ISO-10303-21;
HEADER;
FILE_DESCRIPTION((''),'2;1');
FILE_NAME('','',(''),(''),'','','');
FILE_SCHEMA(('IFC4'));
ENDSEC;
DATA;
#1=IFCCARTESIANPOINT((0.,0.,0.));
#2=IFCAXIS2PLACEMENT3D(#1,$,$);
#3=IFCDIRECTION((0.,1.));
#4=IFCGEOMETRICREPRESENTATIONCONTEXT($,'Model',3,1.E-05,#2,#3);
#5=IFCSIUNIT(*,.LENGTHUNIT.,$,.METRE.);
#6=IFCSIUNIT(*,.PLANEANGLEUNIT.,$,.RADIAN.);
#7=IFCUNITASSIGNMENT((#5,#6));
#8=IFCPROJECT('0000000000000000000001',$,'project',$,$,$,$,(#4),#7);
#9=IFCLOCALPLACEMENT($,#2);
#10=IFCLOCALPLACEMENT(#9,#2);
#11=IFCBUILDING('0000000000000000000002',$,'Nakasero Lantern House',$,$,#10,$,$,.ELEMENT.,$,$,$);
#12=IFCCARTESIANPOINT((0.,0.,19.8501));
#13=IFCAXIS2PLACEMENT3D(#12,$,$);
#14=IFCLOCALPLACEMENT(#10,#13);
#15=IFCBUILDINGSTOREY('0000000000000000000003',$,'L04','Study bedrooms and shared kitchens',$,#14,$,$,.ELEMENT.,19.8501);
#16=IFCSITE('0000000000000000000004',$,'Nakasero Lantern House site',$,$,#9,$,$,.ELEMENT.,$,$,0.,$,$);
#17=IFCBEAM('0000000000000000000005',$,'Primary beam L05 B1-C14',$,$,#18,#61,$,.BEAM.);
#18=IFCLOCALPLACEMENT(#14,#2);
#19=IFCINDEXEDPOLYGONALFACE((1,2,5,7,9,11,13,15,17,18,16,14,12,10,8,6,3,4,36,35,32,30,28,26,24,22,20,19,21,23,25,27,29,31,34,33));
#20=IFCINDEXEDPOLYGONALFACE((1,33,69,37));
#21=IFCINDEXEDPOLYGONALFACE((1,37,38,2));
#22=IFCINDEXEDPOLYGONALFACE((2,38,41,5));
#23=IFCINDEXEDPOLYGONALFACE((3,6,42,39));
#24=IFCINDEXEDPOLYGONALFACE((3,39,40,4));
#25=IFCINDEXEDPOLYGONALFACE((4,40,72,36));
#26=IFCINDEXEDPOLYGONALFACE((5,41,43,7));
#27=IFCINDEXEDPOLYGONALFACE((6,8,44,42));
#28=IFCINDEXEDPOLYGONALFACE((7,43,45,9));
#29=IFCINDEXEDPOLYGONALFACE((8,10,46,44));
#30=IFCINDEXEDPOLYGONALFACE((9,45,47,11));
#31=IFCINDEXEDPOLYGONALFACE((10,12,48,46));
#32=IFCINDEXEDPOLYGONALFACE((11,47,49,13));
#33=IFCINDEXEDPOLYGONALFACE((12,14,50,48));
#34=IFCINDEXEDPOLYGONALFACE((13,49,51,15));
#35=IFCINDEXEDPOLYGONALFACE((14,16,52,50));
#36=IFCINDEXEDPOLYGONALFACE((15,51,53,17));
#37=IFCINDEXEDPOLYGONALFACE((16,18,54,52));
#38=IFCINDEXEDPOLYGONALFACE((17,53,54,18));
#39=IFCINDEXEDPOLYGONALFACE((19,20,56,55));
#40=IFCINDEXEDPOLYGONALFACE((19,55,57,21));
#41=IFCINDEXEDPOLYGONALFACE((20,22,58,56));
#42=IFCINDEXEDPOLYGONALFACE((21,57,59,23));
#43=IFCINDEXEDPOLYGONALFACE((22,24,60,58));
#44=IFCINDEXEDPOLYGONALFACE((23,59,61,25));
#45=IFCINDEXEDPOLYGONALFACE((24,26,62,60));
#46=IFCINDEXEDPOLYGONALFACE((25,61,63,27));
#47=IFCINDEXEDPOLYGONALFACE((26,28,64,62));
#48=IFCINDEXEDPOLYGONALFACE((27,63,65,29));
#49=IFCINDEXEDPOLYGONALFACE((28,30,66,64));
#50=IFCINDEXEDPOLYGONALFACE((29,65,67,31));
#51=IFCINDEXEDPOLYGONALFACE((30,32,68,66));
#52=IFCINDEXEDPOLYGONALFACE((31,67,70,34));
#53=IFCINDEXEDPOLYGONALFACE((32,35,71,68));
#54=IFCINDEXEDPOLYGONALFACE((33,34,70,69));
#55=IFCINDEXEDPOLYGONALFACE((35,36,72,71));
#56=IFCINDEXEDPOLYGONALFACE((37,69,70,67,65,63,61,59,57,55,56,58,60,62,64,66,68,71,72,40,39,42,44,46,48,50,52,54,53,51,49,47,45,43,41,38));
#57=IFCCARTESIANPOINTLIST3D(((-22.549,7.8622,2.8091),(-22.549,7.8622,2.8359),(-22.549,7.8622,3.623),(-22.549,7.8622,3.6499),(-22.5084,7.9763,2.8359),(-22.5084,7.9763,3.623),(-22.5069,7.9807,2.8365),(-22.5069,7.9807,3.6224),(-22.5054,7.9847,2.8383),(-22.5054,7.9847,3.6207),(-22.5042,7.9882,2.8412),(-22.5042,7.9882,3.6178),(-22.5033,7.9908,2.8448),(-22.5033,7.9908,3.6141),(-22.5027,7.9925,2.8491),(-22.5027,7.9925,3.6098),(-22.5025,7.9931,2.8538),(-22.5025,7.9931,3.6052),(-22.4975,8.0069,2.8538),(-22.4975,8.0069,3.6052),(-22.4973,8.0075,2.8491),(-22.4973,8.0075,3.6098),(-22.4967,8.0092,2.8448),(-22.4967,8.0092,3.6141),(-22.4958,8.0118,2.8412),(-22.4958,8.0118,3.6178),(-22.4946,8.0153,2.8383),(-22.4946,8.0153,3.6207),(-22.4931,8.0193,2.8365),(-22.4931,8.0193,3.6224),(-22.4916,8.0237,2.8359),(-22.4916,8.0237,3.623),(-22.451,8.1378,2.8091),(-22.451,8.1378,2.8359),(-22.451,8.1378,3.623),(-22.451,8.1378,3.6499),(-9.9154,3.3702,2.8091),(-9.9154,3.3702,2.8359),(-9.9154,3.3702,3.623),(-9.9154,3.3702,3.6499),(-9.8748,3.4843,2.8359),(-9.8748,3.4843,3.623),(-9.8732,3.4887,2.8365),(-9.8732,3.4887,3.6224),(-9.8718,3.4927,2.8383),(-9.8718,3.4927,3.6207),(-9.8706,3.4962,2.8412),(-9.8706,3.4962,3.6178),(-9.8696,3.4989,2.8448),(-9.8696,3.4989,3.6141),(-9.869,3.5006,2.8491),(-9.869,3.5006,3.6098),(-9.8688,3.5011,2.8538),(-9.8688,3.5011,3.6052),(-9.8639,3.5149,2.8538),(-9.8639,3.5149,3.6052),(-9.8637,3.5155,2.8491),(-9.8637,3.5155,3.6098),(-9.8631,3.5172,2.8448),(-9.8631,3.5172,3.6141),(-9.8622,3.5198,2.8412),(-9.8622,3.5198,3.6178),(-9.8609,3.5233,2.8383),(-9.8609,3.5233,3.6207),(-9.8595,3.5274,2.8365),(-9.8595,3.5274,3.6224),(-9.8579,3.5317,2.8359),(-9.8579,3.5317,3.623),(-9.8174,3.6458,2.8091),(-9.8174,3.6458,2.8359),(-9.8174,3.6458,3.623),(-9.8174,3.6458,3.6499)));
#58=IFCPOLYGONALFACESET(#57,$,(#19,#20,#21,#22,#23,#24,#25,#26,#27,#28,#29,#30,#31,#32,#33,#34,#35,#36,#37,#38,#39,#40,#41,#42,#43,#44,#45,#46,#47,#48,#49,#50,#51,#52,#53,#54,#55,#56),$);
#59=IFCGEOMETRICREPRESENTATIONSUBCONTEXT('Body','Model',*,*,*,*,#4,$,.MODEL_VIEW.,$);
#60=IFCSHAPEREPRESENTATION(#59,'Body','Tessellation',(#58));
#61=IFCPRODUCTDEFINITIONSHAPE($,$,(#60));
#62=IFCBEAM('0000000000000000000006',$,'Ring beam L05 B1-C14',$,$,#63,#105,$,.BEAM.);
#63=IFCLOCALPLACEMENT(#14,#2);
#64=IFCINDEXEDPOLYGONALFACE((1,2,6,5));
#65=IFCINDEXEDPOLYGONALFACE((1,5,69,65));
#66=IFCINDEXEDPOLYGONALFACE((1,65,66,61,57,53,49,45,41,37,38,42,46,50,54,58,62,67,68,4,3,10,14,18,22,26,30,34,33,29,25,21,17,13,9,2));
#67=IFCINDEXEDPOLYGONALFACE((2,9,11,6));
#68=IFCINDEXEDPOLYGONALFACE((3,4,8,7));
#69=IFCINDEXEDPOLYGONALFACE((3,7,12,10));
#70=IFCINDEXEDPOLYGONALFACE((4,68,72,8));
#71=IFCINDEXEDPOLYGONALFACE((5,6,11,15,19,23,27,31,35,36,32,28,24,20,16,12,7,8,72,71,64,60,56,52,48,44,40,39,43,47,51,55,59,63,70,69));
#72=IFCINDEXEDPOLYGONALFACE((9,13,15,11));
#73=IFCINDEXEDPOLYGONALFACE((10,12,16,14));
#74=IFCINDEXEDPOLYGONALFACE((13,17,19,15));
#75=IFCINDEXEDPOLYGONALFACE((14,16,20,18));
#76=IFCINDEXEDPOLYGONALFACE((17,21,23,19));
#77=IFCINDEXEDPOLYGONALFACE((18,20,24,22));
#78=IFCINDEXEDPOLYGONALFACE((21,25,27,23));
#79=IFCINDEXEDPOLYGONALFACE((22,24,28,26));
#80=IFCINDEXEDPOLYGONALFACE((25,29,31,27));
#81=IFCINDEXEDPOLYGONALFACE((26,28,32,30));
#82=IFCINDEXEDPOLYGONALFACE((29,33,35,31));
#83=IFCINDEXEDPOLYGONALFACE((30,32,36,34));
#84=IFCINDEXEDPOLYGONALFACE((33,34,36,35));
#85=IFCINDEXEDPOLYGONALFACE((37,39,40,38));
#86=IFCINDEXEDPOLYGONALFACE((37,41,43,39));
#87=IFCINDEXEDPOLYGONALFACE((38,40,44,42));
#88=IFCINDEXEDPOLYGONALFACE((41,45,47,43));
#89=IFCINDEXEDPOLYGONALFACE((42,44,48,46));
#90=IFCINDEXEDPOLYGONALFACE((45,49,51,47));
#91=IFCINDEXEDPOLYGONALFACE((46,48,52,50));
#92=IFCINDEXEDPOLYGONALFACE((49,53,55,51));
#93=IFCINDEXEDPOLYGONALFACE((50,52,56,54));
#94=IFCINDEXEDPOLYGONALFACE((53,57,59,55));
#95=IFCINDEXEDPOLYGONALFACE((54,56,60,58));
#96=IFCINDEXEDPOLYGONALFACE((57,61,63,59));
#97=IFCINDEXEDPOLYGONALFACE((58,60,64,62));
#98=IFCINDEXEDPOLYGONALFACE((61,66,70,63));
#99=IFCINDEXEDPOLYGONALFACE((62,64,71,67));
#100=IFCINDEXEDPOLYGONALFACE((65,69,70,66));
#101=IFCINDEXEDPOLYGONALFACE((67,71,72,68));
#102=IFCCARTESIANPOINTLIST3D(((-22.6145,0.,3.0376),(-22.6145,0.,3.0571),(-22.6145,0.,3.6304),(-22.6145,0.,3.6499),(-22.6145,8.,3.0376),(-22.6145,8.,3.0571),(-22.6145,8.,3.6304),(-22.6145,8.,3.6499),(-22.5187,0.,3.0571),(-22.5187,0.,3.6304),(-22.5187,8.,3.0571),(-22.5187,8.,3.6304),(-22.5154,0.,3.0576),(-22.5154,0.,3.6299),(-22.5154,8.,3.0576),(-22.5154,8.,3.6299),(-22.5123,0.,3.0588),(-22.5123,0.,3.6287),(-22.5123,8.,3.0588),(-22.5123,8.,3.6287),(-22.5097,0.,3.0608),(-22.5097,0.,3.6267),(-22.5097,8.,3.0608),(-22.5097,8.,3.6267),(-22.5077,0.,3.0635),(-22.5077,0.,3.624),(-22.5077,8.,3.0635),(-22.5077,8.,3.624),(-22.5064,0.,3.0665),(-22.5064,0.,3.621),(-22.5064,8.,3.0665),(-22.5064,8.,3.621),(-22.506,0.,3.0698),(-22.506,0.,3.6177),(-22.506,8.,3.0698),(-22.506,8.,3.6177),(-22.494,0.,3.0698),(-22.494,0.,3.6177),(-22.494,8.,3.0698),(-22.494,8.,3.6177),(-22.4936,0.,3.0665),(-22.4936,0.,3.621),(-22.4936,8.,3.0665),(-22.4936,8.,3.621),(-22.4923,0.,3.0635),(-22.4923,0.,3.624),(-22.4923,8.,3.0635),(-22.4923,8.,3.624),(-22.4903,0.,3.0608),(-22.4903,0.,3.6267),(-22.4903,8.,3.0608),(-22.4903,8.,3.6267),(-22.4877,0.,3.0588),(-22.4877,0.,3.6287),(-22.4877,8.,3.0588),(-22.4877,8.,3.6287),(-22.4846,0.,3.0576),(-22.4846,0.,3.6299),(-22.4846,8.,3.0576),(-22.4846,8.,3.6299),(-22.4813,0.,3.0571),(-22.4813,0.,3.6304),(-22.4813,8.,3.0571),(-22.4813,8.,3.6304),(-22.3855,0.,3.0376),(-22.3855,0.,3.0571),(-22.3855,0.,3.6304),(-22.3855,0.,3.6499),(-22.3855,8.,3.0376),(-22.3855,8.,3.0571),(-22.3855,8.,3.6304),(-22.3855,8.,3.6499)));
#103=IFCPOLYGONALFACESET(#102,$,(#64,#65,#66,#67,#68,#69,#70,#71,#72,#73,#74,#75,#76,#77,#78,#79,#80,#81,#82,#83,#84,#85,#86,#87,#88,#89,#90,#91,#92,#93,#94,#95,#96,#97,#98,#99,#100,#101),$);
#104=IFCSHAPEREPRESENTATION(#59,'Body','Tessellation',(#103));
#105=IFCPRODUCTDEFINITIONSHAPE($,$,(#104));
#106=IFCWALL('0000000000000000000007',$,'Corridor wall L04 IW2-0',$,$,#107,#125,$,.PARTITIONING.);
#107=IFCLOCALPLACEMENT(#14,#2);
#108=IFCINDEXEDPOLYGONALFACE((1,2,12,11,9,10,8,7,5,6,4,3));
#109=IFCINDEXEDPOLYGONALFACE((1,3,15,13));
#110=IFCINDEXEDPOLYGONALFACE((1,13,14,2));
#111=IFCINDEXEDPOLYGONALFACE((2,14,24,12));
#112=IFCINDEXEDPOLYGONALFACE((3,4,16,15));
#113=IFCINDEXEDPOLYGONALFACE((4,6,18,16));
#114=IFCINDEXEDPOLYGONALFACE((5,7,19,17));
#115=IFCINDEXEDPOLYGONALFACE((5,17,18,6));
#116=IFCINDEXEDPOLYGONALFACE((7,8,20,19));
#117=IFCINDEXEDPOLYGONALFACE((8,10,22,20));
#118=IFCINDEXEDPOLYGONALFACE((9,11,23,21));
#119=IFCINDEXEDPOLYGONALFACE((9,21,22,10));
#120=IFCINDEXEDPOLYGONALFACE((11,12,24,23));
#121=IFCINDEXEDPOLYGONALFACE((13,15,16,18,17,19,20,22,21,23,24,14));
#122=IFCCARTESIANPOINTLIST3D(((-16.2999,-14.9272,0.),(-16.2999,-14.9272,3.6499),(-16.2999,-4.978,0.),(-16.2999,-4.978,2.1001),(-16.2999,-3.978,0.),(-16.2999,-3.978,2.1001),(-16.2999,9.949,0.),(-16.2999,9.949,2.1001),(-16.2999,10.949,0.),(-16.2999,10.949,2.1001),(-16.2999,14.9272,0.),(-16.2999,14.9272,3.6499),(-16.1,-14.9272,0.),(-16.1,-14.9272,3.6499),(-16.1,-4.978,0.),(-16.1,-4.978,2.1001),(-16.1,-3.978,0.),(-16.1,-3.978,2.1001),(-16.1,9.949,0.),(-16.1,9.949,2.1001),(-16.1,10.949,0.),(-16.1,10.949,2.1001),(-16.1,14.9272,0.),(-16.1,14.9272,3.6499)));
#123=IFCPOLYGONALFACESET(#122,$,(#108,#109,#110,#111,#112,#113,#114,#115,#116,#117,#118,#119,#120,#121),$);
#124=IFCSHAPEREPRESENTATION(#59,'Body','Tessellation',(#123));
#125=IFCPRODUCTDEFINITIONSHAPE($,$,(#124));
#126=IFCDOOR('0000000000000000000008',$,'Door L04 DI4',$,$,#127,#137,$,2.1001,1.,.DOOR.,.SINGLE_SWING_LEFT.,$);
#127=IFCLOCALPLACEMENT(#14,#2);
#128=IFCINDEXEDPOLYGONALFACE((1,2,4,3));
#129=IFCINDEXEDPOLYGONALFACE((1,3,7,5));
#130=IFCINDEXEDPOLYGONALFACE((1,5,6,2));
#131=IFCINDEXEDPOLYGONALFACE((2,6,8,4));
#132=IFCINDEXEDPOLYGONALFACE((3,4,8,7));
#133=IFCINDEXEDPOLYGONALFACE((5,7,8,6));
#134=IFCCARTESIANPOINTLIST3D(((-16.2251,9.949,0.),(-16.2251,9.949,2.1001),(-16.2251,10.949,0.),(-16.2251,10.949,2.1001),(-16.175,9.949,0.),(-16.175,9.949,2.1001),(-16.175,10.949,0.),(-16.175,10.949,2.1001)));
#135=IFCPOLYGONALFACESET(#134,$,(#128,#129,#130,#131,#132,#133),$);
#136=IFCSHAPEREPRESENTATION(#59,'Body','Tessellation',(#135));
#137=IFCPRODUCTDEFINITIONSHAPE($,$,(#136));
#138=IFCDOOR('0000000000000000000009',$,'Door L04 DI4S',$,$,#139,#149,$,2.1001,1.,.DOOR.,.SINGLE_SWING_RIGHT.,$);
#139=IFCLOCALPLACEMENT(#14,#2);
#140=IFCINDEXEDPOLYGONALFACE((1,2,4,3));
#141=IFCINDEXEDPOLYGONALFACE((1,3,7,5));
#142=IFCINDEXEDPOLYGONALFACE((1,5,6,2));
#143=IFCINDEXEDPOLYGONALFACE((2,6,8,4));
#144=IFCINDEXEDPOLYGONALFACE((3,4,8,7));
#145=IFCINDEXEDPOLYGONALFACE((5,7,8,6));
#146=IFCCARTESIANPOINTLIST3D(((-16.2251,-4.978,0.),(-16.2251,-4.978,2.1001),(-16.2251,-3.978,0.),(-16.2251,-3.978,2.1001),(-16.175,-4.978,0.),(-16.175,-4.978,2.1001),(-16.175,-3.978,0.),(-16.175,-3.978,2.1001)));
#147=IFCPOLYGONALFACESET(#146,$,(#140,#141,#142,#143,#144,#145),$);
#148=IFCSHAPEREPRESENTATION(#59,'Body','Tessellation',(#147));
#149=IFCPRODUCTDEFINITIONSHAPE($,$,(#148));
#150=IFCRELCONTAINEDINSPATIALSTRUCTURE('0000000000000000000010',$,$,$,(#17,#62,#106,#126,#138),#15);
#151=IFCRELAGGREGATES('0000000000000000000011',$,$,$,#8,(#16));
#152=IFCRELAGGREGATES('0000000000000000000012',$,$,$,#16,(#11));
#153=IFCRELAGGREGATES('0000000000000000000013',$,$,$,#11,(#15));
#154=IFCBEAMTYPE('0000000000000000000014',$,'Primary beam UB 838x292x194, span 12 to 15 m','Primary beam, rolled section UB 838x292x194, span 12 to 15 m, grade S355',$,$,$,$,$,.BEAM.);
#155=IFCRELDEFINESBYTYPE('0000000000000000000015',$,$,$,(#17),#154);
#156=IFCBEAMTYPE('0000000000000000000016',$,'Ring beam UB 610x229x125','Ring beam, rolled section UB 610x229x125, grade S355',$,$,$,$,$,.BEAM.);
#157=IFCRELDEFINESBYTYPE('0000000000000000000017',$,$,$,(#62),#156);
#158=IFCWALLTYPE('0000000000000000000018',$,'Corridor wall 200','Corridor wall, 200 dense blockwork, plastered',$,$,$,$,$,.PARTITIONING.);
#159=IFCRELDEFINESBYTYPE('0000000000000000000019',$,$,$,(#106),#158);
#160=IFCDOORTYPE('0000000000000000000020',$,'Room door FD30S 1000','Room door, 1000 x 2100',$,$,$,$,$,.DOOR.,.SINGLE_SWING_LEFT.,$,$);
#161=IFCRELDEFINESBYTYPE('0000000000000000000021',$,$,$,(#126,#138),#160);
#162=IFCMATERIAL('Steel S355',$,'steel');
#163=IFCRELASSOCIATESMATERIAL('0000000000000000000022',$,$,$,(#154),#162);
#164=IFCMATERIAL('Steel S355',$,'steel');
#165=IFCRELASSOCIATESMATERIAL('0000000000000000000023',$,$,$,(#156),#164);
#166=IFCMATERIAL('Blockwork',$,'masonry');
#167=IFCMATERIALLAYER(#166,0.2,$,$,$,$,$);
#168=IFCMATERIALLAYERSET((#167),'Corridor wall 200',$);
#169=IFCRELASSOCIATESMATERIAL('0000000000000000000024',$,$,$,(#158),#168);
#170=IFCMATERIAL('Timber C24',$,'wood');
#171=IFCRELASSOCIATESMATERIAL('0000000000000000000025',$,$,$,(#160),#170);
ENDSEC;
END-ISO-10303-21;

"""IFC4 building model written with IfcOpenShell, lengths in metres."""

from ifc_helpers import new_model, si_unit, direction, frame, frame_2d, origin, origin_2d, place, context, subcontext, project, spatial, rectangle, i_section, extrude, material, layer, layer_set, material_profile, profile_set, type_object, element, fill, save


model = new_model("IFC4")

# Units and contexts
model_context = context("Model", 3, precision=1e-05, world=origin(), true_north=direction((0.0, 1.0)))
body_context = subcontext(model_context, "Body", "Model", "MODEL_VIEW")
ifc_project = project(units=[si_unit("LENGTHUNIT", "METRE"), si_unit("PLANEANGLEUNIT", "RADIAN")], contexts=[model_context])

# Site, building, storey
site_placement = place(None, origin())
site = spatial("IfcSite", under=ifc_project, at=site_placement, Name="Nakasero Lantern House site", CompositionType="ELEMENT", RefElevation=0.0)
building_placement = place(site_placement, origin())
building = spatial("IfcBuilding", under=site, at=building_placement, Name="Nakasero Lantern House", CompositionType="ELEMENT")
storey_placement = place(building_placement, frame((0.0, 0.0, 19.8501)))
storey = spatial("IfcBuildingStorey", under=building, at=storey_placement, Name="L04", Description="Study bedrooms and shared kitchens", CompositionType="ELEMENT", Elevation=19.8501)

# Beams
ifc_material_1 = material(Name="Steel S355", Category="steel")
ifc_material_profile_1 = material_profile(ifc_material_1, i_section(OverallWidth=0.2925, OverallDepth=0.8408, WebThickness=0.0146, FlangeThickness=0.0269, FilletRadius=0.0178, at=origin_2d()), Name="UB 838x292x194")
ifc_profile_set_1 = profile_set([ifc_material_profile_1], Name="Steel S355")
beam_type_1 = type_object("IfcBeamType", Name="Primary beam UB 838x292x194, span 12 to 15 m", Description="Primary beam, rolled section UB 838x292x194, span 12 to 15 m, grade S355", PredefinedType="BEAM", material=ifc_profile_set_1)
beam_1_placement = place(storey_placement, frame((-22.5, 8.0, 3.2295), z_axis=(0.942214, -0.335011, 0.0), x_axis=(0.335011, 0.942214, 0.0)))
element("IfcBeam", 1, at=beam_1_placement, inside=storey, type_object=beam_type_1, Name="Primary beam L05 B1-C14", PredefinedType="BEAM", context=body_context, shape_type="SweptSolid", body=[
    extrude(i_section(OverallWidth=0.2925, OverallDepth=0.8408, WebThickness=0.0146, FlangeThickness=0.0269, FilletRadius=0.0178, at=origin_2d()), origin(), (0.0, 0.0, 1.0), 13.4084),
])
ifc_material_2 = material(Name="Steel S355", Category="steel")
ifc_material_profile_2 = material_profile(ifc_material_2, i_section(OverallWidth=0.229, OverallDepth=0.6123, WebThickness=0.012, FlangeThickness=0.0195, FilletRadius=0.0127, at=origin_2d()), Name="UB 610x229x125")
ifc_profile_set_2 = profile_set([ifc_material_profile_2], Name="Steel S355")
beam_type_2 = type_object("IfcBeamType", Name="Ring beam UB 610x229x125", Description="Ring beam, rolled section UB 610x229x125, grade S355", PredefinedType="BEAM", material=ifc_profile_set_2)
beam_2_placement = place(storey_placement, frame((-22.5, 8.0, 3.3438), z_axis=(0.0, -1.0, 0.0), x_axis=(1.0, 0.0, 0.0)))
element("IfcBeam", 2, at=beam_2_placement, inside=storey, type_object=beam_type_2, Name="Ring beam L05 B1-C14", PredefinedType="BEAM", context=body_context, shape_type="SweptSolid", body=[
    extrude(i_section(OverallWidth=0.229, OverallDepth=0.6123, WebThickness=0.012, FlangeThickness=0.0195, FilletRadius=0.0127, at=origin_2d()), origin(), (0.0, 0.0, 1.0), 8.0),
])

# Wall, openings, doors
ifc_material_3 = material(Name="Blockwork", Category="masonry")
ifc_layer_1 = layer(ifc_material_3, 0.2)
ifc_layer_set_1 = layer_set([ifc_layer_1], Name="Corridor wall 200")
wall_type_1 = type_object("IfcWallType", Name="Corridor wall 200", Description="Corridor wall, 200 dense blockwork, plastered", PredefinedType="PARTITIONING", material=ifc_layer_set_1)
wall_1_placement = place(storey_placement, frame((-16.2, 14.9272, 0.0), z_axis=(0.0, 0.0, 1.0), x_axis=(0.0, -1.0, 0.0)))
wall_1 = element("IfcWall", 3, at=wall_1_placement, inside=storey, type_object=wall_type_1, Name="Corridor wall L04 IW2-0", PredefinedType="PARTITIONING", context=body_context, shape_type="SweptSolid", body=[
    extrude(rectangle(XDim=29.8545, YDim=0.2, at=frame_2d((14.9272, 0.0))), origin(), (0.0, 0.0, 1.0), 3.6499),
])
opening_1_placement = place(wall_1_placement, frame((3.9783, 0.0, 0.0)))
opening_1 = element("IfcOpeningElement", 4, at=opening_1_placement, cuts=wall_1, PredefinedType="OPENING", context=body_context, shape_type="SweptSolid", body=[
    extrude(rectangle(XDim=1.0, YDim=2.1001, at=frame_2d((0.5, 1.05))), frame((0.0, 0.1199, 0.0), z_axis=(0.0, -1.0, 0.0), x_axis=(1.0, 0.0, 0.0)), (0.0, 0.0, 1.0), 0.24),
])
opening_2_placement = place(wall_1_placement, frame((18.9053, 0.0, 0.0)))
opening_2 = element("IfcOpeningElement", 5, at=opening_2_placement, cuts=wall_1, PredefinedType="OPENING", context=body_context, shape_type="SweptSolid", body=[
    extrude(rectangle(XDim=1.0, YDim=2.1001, at=frame_2d((0.5, 1.05))), frame((0.0, 0.1199, 0.0), z_axis=(0.0, -1.0, 0.0), x_axis=(1.0, 0.0, 0.0)), (0.0, 0.0, 1.0), 0.24),
])
ifc_material_4 = material(Name="Timber C24", Category="wood")
door_type_1 = type_object("IfcDoorType", Name="Room door FD30S 1000", Description="Room door, 1000 x 2100", OperationType="SINGLE_SWING_LEFT", PredefinedType="DOOR", material=ifc_material_4)
door_1_placement = place(opening_1_placement, origin())
door_1 = element("IfcDoor", 6, at=door_1_placement, inside=storey, type_object=door_type_1, Name="Door L04 DI4", OperationType="SINGLE_SWING_LEFT", OverallHeight=2.1001, OverallWidth=1.0, PredefinedType="DOOR", context=body_context, shape_type="SweptSolid", body=[
    extrude(rectangle(XDim=1.0, YDim=2.1001, at=frame_2d((0.5, 1.05))), frame((0.0, 0.0249, 0.0), z_axis=(0.0, -1.0, 0.0), x_axis=(1.0, 0.0, 0.0)), (0.0, 0.0, 1.0), 0.05),
])
fill(opening_1, door_1)
door_2_placement = place(opening_2_placement, origin())
door_2 = element("IfcDoor", 7, at=door_2_placement, inside=storey, type_object=door_type_1, Name="Door L04 DI4S", OperationType="SINGLE_SWING_RIGHT", OverallHeight=2.1001, OverallWidth=1.0, PredefinedType="DOOR", context=body_context, shape_type="SweptSolid", body=[
    extrude(rectangle(XDim=1.0, YDim=2.1001, at=frame_2d((0.5, 1.05))), frame((0.0, 0.0249, 0.0), z_axis=(0.0, -1.0, 0.0), x_axis=(1.0, 0.0, 0.0)), (0.0, 0.0, 1.0), 0.05),
])
fill(opening_2, door_2)

save(model, "model.ifc")
